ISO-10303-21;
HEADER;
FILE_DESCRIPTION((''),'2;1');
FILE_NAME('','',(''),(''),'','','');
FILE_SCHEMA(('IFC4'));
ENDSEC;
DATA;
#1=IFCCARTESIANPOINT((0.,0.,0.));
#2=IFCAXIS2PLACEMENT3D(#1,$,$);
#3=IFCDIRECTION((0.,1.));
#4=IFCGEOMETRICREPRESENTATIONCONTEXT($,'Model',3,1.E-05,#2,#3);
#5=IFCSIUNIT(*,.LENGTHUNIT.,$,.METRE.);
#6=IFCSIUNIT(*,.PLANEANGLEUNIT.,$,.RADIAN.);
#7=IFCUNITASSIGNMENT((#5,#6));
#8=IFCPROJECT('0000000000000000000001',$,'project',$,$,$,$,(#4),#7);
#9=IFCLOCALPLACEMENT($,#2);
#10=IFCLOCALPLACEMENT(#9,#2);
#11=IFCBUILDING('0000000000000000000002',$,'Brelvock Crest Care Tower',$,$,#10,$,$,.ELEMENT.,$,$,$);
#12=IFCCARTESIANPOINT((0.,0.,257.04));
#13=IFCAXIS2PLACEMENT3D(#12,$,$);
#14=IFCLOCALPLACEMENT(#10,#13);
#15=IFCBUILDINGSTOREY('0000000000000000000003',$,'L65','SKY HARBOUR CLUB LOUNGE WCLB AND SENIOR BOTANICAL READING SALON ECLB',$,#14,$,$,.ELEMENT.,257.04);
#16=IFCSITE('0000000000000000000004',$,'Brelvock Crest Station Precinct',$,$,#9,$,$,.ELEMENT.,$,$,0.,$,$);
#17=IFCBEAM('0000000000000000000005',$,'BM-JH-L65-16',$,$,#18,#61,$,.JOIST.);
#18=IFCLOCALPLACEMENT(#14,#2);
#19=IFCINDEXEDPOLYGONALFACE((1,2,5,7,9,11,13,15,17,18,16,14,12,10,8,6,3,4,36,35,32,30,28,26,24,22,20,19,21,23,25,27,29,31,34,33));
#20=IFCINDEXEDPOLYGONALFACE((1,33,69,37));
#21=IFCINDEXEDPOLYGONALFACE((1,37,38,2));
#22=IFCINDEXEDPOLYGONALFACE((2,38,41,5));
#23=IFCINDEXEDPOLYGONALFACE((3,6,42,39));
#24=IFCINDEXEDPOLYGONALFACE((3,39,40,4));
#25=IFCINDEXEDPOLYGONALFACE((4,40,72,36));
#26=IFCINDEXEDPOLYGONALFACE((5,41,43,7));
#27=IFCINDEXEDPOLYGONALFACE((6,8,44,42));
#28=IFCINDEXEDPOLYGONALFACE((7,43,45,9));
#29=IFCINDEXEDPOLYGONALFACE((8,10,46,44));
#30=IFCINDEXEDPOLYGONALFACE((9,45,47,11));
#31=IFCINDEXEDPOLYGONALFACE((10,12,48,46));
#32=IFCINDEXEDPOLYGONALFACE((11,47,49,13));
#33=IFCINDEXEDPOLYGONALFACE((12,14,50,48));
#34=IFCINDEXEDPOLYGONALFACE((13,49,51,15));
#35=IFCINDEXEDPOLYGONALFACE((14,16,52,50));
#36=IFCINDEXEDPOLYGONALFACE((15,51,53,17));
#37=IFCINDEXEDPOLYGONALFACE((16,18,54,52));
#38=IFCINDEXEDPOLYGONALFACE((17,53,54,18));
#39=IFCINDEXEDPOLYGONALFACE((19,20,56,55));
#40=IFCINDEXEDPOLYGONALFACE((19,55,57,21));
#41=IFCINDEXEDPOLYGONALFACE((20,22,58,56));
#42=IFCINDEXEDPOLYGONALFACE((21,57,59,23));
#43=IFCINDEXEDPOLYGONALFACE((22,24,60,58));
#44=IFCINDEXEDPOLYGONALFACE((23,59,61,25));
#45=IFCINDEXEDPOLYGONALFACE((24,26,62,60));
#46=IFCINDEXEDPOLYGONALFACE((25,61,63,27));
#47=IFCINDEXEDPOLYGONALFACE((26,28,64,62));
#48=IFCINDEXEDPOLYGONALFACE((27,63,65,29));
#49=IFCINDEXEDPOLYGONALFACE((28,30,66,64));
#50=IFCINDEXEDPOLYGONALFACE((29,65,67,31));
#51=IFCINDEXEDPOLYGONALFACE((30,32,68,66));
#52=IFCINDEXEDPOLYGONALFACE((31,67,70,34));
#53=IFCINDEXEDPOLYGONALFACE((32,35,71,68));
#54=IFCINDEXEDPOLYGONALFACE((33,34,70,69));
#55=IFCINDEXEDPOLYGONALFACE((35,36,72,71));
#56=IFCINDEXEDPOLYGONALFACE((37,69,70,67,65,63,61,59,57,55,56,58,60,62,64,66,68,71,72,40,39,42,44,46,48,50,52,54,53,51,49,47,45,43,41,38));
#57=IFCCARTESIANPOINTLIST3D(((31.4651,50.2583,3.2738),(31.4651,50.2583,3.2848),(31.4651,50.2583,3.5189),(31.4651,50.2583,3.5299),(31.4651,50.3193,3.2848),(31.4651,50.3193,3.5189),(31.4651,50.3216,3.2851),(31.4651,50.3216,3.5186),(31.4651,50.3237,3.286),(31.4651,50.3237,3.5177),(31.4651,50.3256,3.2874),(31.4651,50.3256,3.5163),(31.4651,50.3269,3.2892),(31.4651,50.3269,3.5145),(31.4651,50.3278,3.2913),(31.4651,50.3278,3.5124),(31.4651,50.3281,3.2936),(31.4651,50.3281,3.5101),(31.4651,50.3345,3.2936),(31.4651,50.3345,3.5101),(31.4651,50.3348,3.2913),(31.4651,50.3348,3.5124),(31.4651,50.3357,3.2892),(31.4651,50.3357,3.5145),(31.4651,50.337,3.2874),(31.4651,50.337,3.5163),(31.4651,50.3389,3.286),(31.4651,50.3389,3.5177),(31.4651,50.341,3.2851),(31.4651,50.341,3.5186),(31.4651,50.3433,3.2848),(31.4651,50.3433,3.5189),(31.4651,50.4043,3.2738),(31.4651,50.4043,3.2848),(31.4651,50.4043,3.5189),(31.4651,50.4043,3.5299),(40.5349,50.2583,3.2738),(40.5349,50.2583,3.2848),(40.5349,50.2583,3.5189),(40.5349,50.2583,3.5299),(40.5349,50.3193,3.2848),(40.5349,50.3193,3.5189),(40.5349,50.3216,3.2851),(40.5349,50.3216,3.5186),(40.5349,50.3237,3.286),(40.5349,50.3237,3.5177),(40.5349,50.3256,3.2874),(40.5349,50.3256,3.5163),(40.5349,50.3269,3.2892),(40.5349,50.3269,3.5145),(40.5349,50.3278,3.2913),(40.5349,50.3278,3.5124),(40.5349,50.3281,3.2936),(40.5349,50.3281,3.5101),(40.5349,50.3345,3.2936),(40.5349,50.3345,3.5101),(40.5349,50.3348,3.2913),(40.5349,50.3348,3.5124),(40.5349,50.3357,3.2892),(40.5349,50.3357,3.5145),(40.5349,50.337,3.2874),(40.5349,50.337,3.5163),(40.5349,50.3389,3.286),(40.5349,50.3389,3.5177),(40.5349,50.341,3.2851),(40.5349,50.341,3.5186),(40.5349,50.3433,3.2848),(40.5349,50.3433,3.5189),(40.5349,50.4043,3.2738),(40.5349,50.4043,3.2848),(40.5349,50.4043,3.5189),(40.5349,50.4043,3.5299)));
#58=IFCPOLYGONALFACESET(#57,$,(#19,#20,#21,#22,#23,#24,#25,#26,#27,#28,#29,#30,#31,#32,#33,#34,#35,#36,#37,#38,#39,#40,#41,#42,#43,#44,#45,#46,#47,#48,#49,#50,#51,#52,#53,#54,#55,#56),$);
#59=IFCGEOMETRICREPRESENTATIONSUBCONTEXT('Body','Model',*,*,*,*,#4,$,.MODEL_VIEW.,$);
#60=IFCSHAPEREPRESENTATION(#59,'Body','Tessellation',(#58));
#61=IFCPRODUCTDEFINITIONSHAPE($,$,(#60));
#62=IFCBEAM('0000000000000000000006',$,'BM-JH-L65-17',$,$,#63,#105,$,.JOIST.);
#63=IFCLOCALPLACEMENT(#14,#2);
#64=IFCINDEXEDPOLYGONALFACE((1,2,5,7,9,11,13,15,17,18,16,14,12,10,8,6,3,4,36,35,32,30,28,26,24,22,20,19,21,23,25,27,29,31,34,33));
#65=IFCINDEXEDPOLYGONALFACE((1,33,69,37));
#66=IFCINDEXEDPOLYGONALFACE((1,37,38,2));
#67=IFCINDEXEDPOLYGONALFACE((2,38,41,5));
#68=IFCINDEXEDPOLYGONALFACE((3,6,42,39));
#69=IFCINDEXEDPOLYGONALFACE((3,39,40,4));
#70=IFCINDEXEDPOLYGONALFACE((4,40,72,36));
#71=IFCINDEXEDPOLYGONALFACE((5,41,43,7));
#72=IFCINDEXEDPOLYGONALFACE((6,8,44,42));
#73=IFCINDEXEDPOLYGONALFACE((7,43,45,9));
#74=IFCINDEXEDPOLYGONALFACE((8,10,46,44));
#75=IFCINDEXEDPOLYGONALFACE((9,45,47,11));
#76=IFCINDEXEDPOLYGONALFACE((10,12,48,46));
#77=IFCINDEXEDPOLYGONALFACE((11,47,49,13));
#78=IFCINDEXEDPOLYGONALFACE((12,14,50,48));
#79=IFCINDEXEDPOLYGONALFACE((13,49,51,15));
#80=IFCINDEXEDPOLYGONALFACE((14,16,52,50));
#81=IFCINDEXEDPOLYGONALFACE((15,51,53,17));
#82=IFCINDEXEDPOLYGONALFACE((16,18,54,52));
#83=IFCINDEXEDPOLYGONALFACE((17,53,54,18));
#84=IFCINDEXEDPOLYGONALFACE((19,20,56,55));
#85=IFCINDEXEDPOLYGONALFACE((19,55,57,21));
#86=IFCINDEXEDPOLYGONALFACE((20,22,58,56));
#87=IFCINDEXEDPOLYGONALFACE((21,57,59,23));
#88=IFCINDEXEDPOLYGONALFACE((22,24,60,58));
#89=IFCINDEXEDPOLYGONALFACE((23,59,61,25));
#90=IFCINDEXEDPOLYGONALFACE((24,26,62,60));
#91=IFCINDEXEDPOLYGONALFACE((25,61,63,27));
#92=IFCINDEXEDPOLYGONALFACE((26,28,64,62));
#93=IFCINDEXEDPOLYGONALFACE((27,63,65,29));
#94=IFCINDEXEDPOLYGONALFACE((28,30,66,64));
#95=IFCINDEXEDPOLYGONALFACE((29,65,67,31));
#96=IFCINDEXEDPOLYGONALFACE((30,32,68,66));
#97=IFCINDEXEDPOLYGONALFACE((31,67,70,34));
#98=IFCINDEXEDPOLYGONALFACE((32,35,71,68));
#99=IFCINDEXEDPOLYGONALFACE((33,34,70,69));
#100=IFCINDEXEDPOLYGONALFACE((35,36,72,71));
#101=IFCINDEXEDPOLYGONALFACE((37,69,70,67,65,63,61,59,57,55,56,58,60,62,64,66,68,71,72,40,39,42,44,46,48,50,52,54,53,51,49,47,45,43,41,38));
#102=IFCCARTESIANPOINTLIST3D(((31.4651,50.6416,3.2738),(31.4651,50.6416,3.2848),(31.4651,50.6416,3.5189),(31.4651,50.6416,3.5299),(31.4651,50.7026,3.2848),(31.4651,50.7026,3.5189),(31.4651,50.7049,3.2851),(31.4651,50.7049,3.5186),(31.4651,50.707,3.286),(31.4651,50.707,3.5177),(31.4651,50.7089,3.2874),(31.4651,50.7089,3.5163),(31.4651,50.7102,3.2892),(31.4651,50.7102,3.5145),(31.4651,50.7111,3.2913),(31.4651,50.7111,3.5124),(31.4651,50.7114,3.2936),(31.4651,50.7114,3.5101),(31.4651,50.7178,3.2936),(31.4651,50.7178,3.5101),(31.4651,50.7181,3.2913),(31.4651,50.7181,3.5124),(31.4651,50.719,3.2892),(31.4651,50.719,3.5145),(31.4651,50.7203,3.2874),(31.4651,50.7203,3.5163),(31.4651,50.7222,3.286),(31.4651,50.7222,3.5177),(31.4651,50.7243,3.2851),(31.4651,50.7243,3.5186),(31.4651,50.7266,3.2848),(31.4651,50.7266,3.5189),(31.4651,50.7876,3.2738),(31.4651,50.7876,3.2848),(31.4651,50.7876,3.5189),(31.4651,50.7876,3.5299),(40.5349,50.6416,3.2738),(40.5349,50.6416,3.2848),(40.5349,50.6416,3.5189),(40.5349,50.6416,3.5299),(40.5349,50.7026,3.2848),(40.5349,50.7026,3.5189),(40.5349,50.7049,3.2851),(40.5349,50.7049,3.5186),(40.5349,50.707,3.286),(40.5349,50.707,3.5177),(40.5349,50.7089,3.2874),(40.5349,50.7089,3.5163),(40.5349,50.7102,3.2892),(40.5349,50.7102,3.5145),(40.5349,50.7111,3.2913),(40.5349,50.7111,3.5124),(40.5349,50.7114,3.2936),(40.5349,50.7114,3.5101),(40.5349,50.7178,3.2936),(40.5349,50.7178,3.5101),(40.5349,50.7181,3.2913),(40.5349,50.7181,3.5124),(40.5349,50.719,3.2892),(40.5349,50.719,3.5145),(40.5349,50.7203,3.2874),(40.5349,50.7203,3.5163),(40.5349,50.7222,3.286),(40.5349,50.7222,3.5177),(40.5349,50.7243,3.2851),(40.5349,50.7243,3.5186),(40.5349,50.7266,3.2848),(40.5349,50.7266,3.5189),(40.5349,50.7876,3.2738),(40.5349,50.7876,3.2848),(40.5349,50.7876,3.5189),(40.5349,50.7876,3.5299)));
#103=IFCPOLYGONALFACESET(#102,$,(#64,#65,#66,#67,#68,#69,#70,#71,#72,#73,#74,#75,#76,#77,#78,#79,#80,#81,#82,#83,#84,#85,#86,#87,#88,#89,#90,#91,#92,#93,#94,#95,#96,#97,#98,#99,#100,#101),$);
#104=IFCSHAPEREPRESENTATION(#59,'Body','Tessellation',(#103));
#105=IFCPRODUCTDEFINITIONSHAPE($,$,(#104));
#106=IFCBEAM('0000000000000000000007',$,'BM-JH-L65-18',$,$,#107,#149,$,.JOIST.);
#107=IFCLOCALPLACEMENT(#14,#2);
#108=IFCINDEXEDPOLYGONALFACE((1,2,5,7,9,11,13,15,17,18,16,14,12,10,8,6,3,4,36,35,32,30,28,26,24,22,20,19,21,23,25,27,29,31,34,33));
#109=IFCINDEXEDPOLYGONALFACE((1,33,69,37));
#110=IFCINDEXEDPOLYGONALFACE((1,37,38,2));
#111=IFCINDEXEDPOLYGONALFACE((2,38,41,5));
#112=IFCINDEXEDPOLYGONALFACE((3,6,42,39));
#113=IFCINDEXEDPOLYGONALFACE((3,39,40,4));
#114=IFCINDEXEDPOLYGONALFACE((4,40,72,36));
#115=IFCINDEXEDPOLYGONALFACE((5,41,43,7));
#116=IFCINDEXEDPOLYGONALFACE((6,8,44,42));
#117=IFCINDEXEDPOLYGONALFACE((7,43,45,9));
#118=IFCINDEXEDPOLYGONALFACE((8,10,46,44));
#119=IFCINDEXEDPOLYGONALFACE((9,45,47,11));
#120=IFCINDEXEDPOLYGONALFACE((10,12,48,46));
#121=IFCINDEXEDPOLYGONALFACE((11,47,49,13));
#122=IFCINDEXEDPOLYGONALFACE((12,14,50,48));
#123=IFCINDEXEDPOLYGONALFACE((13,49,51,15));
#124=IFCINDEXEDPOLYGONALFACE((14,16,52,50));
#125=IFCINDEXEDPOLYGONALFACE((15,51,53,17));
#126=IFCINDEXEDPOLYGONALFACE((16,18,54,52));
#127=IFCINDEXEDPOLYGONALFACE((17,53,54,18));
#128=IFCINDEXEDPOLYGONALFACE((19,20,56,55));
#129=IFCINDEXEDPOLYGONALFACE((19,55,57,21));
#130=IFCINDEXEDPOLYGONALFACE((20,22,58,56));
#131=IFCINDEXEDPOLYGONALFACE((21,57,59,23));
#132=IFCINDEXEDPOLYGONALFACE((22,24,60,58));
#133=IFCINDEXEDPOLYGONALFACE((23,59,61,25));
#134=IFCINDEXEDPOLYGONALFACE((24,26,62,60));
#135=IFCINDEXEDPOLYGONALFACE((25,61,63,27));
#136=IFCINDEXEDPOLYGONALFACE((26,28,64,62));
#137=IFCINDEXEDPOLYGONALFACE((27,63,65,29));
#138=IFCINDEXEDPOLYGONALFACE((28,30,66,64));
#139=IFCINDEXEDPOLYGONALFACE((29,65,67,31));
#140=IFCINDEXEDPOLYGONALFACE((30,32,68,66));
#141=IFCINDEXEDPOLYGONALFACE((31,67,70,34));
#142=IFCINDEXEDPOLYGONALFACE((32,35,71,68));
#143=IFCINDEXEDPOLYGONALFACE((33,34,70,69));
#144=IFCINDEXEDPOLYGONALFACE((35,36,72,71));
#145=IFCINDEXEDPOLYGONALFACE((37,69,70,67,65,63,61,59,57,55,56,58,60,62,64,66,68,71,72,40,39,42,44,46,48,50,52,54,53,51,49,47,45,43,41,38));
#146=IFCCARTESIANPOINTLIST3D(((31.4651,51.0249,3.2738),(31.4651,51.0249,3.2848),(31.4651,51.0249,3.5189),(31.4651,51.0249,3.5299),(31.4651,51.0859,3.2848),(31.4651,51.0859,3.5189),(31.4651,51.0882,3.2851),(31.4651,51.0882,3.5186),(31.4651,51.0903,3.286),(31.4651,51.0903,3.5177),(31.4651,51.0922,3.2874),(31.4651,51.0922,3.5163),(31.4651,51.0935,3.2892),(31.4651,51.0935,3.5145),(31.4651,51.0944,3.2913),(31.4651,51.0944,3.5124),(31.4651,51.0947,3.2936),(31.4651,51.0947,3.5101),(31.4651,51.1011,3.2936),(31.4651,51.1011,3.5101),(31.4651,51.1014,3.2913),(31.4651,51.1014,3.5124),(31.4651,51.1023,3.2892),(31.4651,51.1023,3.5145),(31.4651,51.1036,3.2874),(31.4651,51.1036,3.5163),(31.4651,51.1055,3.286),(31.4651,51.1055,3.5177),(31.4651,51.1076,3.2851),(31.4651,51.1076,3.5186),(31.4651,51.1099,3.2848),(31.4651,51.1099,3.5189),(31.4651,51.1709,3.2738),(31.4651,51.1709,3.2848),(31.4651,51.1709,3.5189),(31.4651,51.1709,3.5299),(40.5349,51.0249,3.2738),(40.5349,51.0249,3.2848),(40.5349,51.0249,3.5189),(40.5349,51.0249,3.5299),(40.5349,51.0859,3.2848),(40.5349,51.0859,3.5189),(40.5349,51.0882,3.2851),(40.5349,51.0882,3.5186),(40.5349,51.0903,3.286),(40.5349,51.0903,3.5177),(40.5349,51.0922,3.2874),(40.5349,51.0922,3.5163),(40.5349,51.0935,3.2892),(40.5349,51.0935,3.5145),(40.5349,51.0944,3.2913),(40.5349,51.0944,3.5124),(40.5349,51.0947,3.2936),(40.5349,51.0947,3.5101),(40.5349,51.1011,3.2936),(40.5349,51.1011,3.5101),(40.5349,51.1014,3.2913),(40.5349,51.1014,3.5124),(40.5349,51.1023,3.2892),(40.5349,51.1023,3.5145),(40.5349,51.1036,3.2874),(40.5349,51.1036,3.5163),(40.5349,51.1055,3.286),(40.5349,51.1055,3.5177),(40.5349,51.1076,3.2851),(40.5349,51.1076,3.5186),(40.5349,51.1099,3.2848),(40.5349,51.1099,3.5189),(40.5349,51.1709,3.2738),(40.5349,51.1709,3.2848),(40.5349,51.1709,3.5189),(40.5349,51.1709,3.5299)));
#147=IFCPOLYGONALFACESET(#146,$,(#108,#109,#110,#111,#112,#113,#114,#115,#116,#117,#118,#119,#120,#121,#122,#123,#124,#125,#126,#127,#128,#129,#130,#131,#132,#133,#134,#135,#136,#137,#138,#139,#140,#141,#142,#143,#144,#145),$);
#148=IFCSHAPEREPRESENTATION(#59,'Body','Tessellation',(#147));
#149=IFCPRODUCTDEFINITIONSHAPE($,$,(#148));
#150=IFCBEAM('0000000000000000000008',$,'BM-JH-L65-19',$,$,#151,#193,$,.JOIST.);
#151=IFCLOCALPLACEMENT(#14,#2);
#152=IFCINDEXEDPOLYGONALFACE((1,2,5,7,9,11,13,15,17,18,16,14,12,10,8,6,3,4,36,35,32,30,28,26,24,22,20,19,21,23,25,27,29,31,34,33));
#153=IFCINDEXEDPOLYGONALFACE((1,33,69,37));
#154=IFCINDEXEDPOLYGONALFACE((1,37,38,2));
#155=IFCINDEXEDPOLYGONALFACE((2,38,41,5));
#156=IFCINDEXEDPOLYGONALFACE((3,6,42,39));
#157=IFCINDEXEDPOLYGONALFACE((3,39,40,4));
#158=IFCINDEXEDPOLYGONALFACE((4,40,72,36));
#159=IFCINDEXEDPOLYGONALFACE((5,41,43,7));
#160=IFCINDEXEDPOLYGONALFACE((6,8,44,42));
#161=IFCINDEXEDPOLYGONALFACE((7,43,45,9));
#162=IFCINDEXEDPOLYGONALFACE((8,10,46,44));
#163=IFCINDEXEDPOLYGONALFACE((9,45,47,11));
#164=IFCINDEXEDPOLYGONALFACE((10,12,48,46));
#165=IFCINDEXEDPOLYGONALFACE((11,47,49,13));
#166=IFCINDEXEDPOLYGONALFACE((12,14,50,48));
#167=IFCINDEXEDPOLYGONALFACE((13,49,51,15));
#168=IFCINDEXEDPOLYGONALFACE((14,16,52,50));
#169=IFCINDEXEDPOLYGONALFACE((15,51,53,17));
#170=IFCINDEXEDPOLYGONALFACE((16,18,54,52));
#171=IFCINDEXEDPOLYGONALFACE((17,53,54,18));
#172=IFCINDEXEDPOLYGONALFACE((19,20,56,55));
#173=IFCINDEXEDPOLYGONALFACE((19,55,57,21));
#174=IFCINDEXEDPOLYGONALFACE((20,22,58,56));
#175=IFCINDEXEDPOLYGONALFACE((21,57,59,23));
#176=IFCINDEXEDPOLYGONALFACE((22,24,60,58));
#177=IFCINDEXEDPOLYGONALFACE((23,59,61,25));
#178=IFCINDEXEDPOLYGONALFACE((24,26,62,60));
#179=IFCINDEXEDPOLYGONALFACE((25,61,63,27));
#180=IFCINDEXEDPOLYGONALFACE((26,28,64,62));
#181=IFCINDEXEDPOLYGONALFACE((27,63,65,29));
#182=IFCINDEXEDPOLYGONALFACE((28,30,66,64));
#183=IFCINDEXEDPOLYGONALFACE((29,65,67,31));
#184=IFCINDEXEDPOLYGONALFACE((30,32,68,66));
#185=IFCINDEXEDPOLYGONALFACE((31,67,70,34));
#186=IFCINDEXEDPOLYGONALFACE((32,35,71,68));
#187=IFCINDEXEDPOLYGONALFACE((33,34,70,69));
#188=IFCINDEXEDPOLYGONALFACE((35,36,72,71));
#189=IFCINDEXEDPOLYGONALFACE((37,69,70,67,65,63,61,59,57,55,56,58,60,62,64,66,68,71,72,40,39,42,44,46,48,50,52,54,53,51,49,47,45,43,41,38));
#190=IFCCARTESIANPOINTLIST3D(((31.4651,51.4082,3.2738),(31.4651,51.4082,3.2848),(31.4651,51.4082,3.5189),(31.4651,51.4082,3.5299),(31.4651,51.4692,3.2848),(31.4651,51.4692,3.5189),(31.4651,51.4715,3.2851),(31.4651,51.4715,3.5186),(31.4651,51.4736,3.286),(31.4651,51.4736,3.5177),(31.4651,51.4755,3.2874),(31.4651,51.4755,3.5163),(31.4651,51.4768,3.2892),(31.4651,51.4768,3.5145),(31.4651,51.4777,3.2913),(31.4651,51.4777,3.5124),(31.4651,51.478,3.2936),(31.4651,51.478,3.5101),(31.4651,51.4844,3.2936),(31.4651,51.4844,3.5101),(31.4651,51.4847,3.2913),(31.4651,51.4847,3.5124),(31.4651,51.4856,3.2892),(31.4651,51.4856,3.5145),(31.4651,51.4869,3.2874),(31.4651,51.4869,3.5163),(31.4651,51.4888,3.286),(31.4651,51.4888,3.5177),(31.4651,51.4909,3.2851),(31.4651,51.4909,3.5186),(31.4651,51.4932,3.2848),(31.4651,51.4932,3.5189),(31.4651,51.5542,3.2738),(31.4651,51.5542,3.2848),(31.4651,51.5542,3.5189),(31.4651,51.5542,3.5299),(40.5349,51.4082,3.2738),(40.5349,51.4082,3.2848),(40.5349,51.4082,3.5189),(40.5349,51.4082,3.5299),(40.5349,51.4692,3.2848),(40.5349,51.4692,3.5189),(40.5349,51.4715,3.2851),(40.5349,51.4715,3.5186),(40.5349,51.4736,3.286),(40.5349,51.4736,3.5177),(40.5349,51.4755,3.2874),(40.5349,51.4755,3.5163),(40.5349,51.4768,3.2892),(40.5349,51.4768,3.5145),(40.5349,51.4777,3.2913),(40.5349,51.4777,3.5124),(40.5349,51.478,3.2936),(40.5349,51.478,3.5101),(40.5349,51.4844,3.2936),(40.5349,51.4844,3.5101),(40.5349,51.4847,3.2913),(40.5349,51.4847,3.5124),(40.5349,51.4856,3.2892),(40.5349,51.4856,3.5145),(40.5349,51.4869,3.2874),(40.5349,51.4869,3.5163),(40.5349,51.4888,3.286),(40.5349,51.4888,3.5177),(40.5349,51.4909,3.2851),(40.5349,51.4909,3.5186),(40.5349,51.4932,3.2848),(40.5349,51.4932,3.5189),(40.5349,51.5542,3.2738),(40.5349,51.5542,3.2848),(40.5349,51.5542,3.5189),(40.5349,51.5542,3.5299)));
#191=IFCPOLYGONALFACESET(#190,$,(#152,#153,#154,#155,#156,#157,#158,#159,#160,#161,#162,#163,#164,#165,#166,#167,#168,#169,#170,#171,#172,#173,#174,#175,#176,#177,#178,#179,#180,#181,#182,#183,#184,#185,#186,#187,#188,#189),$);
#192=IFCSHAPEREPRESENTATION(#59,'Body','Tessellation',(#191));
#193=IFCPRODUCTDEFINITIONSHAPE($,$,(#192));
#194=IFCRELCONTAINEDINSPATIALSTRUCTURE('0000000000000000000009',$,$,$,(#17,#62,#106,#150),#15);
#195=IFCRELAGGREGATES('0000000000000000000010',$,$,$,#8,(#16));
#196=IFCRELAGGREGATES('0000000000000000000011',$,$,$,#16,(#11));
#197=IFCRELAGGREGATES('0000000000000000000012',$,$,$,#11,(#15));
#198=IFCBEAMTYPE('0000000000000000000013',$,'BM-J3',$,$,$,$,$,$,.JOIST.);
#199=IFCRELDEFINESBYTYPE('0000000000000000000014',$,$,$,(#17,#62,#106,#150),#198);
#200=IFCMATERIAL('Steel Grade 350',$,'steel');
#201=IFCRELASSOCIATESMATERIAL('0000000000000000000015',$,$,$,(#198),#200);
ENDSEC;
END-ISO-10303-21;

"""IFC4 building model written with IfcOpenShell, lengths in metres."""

from ifc_helpers import new_model, si_unit, direction, frame, origin, origin_2d, place, context, subcontext, project, spatial, i_section, extrude, source, transform, mapped, material, material_profile, profile_set, type_object, element, save


model = new_model("IFC4")

# Units and contexts
model_context = context("Model", 3, precision=1e-05, world=origin(), true_north=direction((0.0, 1.0)))
body_context = subcontext(model_context, "Body", "Model", "MODEL_VIEW")
ifc_project = project(units=[si_unit("LENGTHUNIT", "METRE"), si_unit("PLANEANGLEUNIT", "RADIAN")], contexts=[model_context])

# Site, building, storey
site_placement = place(None, origin())
site = spatial("IfcSite", under=ifc_project, at=site_placement, Name="Brelvock Crest Station Precinct", CompositionType="ELEMENT", RefElevation=0.0)
building_placement = place(site_placement, origin())
building = spatial("IfcBuilding", under=site, at=building_placement, Name="Brelvock Crest Care Tower", CompositionType="ELEMENT")
storey_placement = place(building_placement, frame((0.0, 0.0, 257.04)))
storey = spatial("IfcBuildingStorey", under=building, at=storey_placement, Name="L65", Description="SKY HARBOUR CLUB LOUNGE WCLB AND SENIOR BOTANICAL READING SALON ECLB", CompositionType="ELEMENT", Elevation=257.04)

# Beams
ifc_material = material(Name="Steel Grade 350", Category="steel")
ifc_material_profile_1 = material_profile(ifc_material, i_section(OverallWidth=0.146, OverallDepth=0.2561, WebThickness=0.0063, FlangeThickness=0.011, FilletRadius=0.0088, at=origin_2d()), Name="250UB37.3")
ifc_profile_set_1 = profile_set([ifc_material_profile_1], Name="Steel Grade 350")
beam_type_1 = type_object("IfcBeamType", Name="BM-J3", PredefinedType="JOIST", material=ifc_profile_set_1)
shared_shape_1 = source(origin(), body_context, "Body", "SweptSolid", [
    extrude(i_section(OverallWidth=0.146, OverallDepth=0.2561, WebThickness=0.0063, FlangeThickness=0.011, FilletRadius=0.0088, at=origin_2d()), origin(), (0.0, 0.0, 1.0), 9.0698),
])
for number, where, z_axis, x_axis, name in (
    (1, (31.4651, 50.3313, 3.4019), (1.0, 0.0, 0.0), (0.0, 1.0, 0.0), "BM-JH-L65-16"),
    (2, (31.4651, 50.7146, 3.4019), (1.0, 0.0, 0.0), (0.0, 1.0, 0.0), "BM-JH-L65-17"),
    (3, (31.4651, 51.0979, 3.4019), (1.0, 0.0, 0.0), (0.0, 1.0, 0.0), "BM-JH-L65-18"),
    (4, (31.4651, 51.4812, 3.4019), (1.0, 0.0, 0.0), (0.0, 1.0, 0.0), "BM-JH-L65-19"),
):
    element("IfcBeam", number, at=place(storey_placement, frame(where, z_axis=z_axis, x_axis=x_axis)), inside=storey, type_object=beam_type_1, Name=name, PredefinedType="JOIST", context=body_context, shape_type="MappedRepresentation", body=[
        mapped(shared_shape_1, transform((0.0, 0.0, 0.0), x_axis=(1.0, 0.0, 0.0), y_axis=(0.0, 1.0, 0.0), z_axis=(0.0, 0.0, 1.0), scale=1.0)),
    ])

save(model, "model.ifc")
